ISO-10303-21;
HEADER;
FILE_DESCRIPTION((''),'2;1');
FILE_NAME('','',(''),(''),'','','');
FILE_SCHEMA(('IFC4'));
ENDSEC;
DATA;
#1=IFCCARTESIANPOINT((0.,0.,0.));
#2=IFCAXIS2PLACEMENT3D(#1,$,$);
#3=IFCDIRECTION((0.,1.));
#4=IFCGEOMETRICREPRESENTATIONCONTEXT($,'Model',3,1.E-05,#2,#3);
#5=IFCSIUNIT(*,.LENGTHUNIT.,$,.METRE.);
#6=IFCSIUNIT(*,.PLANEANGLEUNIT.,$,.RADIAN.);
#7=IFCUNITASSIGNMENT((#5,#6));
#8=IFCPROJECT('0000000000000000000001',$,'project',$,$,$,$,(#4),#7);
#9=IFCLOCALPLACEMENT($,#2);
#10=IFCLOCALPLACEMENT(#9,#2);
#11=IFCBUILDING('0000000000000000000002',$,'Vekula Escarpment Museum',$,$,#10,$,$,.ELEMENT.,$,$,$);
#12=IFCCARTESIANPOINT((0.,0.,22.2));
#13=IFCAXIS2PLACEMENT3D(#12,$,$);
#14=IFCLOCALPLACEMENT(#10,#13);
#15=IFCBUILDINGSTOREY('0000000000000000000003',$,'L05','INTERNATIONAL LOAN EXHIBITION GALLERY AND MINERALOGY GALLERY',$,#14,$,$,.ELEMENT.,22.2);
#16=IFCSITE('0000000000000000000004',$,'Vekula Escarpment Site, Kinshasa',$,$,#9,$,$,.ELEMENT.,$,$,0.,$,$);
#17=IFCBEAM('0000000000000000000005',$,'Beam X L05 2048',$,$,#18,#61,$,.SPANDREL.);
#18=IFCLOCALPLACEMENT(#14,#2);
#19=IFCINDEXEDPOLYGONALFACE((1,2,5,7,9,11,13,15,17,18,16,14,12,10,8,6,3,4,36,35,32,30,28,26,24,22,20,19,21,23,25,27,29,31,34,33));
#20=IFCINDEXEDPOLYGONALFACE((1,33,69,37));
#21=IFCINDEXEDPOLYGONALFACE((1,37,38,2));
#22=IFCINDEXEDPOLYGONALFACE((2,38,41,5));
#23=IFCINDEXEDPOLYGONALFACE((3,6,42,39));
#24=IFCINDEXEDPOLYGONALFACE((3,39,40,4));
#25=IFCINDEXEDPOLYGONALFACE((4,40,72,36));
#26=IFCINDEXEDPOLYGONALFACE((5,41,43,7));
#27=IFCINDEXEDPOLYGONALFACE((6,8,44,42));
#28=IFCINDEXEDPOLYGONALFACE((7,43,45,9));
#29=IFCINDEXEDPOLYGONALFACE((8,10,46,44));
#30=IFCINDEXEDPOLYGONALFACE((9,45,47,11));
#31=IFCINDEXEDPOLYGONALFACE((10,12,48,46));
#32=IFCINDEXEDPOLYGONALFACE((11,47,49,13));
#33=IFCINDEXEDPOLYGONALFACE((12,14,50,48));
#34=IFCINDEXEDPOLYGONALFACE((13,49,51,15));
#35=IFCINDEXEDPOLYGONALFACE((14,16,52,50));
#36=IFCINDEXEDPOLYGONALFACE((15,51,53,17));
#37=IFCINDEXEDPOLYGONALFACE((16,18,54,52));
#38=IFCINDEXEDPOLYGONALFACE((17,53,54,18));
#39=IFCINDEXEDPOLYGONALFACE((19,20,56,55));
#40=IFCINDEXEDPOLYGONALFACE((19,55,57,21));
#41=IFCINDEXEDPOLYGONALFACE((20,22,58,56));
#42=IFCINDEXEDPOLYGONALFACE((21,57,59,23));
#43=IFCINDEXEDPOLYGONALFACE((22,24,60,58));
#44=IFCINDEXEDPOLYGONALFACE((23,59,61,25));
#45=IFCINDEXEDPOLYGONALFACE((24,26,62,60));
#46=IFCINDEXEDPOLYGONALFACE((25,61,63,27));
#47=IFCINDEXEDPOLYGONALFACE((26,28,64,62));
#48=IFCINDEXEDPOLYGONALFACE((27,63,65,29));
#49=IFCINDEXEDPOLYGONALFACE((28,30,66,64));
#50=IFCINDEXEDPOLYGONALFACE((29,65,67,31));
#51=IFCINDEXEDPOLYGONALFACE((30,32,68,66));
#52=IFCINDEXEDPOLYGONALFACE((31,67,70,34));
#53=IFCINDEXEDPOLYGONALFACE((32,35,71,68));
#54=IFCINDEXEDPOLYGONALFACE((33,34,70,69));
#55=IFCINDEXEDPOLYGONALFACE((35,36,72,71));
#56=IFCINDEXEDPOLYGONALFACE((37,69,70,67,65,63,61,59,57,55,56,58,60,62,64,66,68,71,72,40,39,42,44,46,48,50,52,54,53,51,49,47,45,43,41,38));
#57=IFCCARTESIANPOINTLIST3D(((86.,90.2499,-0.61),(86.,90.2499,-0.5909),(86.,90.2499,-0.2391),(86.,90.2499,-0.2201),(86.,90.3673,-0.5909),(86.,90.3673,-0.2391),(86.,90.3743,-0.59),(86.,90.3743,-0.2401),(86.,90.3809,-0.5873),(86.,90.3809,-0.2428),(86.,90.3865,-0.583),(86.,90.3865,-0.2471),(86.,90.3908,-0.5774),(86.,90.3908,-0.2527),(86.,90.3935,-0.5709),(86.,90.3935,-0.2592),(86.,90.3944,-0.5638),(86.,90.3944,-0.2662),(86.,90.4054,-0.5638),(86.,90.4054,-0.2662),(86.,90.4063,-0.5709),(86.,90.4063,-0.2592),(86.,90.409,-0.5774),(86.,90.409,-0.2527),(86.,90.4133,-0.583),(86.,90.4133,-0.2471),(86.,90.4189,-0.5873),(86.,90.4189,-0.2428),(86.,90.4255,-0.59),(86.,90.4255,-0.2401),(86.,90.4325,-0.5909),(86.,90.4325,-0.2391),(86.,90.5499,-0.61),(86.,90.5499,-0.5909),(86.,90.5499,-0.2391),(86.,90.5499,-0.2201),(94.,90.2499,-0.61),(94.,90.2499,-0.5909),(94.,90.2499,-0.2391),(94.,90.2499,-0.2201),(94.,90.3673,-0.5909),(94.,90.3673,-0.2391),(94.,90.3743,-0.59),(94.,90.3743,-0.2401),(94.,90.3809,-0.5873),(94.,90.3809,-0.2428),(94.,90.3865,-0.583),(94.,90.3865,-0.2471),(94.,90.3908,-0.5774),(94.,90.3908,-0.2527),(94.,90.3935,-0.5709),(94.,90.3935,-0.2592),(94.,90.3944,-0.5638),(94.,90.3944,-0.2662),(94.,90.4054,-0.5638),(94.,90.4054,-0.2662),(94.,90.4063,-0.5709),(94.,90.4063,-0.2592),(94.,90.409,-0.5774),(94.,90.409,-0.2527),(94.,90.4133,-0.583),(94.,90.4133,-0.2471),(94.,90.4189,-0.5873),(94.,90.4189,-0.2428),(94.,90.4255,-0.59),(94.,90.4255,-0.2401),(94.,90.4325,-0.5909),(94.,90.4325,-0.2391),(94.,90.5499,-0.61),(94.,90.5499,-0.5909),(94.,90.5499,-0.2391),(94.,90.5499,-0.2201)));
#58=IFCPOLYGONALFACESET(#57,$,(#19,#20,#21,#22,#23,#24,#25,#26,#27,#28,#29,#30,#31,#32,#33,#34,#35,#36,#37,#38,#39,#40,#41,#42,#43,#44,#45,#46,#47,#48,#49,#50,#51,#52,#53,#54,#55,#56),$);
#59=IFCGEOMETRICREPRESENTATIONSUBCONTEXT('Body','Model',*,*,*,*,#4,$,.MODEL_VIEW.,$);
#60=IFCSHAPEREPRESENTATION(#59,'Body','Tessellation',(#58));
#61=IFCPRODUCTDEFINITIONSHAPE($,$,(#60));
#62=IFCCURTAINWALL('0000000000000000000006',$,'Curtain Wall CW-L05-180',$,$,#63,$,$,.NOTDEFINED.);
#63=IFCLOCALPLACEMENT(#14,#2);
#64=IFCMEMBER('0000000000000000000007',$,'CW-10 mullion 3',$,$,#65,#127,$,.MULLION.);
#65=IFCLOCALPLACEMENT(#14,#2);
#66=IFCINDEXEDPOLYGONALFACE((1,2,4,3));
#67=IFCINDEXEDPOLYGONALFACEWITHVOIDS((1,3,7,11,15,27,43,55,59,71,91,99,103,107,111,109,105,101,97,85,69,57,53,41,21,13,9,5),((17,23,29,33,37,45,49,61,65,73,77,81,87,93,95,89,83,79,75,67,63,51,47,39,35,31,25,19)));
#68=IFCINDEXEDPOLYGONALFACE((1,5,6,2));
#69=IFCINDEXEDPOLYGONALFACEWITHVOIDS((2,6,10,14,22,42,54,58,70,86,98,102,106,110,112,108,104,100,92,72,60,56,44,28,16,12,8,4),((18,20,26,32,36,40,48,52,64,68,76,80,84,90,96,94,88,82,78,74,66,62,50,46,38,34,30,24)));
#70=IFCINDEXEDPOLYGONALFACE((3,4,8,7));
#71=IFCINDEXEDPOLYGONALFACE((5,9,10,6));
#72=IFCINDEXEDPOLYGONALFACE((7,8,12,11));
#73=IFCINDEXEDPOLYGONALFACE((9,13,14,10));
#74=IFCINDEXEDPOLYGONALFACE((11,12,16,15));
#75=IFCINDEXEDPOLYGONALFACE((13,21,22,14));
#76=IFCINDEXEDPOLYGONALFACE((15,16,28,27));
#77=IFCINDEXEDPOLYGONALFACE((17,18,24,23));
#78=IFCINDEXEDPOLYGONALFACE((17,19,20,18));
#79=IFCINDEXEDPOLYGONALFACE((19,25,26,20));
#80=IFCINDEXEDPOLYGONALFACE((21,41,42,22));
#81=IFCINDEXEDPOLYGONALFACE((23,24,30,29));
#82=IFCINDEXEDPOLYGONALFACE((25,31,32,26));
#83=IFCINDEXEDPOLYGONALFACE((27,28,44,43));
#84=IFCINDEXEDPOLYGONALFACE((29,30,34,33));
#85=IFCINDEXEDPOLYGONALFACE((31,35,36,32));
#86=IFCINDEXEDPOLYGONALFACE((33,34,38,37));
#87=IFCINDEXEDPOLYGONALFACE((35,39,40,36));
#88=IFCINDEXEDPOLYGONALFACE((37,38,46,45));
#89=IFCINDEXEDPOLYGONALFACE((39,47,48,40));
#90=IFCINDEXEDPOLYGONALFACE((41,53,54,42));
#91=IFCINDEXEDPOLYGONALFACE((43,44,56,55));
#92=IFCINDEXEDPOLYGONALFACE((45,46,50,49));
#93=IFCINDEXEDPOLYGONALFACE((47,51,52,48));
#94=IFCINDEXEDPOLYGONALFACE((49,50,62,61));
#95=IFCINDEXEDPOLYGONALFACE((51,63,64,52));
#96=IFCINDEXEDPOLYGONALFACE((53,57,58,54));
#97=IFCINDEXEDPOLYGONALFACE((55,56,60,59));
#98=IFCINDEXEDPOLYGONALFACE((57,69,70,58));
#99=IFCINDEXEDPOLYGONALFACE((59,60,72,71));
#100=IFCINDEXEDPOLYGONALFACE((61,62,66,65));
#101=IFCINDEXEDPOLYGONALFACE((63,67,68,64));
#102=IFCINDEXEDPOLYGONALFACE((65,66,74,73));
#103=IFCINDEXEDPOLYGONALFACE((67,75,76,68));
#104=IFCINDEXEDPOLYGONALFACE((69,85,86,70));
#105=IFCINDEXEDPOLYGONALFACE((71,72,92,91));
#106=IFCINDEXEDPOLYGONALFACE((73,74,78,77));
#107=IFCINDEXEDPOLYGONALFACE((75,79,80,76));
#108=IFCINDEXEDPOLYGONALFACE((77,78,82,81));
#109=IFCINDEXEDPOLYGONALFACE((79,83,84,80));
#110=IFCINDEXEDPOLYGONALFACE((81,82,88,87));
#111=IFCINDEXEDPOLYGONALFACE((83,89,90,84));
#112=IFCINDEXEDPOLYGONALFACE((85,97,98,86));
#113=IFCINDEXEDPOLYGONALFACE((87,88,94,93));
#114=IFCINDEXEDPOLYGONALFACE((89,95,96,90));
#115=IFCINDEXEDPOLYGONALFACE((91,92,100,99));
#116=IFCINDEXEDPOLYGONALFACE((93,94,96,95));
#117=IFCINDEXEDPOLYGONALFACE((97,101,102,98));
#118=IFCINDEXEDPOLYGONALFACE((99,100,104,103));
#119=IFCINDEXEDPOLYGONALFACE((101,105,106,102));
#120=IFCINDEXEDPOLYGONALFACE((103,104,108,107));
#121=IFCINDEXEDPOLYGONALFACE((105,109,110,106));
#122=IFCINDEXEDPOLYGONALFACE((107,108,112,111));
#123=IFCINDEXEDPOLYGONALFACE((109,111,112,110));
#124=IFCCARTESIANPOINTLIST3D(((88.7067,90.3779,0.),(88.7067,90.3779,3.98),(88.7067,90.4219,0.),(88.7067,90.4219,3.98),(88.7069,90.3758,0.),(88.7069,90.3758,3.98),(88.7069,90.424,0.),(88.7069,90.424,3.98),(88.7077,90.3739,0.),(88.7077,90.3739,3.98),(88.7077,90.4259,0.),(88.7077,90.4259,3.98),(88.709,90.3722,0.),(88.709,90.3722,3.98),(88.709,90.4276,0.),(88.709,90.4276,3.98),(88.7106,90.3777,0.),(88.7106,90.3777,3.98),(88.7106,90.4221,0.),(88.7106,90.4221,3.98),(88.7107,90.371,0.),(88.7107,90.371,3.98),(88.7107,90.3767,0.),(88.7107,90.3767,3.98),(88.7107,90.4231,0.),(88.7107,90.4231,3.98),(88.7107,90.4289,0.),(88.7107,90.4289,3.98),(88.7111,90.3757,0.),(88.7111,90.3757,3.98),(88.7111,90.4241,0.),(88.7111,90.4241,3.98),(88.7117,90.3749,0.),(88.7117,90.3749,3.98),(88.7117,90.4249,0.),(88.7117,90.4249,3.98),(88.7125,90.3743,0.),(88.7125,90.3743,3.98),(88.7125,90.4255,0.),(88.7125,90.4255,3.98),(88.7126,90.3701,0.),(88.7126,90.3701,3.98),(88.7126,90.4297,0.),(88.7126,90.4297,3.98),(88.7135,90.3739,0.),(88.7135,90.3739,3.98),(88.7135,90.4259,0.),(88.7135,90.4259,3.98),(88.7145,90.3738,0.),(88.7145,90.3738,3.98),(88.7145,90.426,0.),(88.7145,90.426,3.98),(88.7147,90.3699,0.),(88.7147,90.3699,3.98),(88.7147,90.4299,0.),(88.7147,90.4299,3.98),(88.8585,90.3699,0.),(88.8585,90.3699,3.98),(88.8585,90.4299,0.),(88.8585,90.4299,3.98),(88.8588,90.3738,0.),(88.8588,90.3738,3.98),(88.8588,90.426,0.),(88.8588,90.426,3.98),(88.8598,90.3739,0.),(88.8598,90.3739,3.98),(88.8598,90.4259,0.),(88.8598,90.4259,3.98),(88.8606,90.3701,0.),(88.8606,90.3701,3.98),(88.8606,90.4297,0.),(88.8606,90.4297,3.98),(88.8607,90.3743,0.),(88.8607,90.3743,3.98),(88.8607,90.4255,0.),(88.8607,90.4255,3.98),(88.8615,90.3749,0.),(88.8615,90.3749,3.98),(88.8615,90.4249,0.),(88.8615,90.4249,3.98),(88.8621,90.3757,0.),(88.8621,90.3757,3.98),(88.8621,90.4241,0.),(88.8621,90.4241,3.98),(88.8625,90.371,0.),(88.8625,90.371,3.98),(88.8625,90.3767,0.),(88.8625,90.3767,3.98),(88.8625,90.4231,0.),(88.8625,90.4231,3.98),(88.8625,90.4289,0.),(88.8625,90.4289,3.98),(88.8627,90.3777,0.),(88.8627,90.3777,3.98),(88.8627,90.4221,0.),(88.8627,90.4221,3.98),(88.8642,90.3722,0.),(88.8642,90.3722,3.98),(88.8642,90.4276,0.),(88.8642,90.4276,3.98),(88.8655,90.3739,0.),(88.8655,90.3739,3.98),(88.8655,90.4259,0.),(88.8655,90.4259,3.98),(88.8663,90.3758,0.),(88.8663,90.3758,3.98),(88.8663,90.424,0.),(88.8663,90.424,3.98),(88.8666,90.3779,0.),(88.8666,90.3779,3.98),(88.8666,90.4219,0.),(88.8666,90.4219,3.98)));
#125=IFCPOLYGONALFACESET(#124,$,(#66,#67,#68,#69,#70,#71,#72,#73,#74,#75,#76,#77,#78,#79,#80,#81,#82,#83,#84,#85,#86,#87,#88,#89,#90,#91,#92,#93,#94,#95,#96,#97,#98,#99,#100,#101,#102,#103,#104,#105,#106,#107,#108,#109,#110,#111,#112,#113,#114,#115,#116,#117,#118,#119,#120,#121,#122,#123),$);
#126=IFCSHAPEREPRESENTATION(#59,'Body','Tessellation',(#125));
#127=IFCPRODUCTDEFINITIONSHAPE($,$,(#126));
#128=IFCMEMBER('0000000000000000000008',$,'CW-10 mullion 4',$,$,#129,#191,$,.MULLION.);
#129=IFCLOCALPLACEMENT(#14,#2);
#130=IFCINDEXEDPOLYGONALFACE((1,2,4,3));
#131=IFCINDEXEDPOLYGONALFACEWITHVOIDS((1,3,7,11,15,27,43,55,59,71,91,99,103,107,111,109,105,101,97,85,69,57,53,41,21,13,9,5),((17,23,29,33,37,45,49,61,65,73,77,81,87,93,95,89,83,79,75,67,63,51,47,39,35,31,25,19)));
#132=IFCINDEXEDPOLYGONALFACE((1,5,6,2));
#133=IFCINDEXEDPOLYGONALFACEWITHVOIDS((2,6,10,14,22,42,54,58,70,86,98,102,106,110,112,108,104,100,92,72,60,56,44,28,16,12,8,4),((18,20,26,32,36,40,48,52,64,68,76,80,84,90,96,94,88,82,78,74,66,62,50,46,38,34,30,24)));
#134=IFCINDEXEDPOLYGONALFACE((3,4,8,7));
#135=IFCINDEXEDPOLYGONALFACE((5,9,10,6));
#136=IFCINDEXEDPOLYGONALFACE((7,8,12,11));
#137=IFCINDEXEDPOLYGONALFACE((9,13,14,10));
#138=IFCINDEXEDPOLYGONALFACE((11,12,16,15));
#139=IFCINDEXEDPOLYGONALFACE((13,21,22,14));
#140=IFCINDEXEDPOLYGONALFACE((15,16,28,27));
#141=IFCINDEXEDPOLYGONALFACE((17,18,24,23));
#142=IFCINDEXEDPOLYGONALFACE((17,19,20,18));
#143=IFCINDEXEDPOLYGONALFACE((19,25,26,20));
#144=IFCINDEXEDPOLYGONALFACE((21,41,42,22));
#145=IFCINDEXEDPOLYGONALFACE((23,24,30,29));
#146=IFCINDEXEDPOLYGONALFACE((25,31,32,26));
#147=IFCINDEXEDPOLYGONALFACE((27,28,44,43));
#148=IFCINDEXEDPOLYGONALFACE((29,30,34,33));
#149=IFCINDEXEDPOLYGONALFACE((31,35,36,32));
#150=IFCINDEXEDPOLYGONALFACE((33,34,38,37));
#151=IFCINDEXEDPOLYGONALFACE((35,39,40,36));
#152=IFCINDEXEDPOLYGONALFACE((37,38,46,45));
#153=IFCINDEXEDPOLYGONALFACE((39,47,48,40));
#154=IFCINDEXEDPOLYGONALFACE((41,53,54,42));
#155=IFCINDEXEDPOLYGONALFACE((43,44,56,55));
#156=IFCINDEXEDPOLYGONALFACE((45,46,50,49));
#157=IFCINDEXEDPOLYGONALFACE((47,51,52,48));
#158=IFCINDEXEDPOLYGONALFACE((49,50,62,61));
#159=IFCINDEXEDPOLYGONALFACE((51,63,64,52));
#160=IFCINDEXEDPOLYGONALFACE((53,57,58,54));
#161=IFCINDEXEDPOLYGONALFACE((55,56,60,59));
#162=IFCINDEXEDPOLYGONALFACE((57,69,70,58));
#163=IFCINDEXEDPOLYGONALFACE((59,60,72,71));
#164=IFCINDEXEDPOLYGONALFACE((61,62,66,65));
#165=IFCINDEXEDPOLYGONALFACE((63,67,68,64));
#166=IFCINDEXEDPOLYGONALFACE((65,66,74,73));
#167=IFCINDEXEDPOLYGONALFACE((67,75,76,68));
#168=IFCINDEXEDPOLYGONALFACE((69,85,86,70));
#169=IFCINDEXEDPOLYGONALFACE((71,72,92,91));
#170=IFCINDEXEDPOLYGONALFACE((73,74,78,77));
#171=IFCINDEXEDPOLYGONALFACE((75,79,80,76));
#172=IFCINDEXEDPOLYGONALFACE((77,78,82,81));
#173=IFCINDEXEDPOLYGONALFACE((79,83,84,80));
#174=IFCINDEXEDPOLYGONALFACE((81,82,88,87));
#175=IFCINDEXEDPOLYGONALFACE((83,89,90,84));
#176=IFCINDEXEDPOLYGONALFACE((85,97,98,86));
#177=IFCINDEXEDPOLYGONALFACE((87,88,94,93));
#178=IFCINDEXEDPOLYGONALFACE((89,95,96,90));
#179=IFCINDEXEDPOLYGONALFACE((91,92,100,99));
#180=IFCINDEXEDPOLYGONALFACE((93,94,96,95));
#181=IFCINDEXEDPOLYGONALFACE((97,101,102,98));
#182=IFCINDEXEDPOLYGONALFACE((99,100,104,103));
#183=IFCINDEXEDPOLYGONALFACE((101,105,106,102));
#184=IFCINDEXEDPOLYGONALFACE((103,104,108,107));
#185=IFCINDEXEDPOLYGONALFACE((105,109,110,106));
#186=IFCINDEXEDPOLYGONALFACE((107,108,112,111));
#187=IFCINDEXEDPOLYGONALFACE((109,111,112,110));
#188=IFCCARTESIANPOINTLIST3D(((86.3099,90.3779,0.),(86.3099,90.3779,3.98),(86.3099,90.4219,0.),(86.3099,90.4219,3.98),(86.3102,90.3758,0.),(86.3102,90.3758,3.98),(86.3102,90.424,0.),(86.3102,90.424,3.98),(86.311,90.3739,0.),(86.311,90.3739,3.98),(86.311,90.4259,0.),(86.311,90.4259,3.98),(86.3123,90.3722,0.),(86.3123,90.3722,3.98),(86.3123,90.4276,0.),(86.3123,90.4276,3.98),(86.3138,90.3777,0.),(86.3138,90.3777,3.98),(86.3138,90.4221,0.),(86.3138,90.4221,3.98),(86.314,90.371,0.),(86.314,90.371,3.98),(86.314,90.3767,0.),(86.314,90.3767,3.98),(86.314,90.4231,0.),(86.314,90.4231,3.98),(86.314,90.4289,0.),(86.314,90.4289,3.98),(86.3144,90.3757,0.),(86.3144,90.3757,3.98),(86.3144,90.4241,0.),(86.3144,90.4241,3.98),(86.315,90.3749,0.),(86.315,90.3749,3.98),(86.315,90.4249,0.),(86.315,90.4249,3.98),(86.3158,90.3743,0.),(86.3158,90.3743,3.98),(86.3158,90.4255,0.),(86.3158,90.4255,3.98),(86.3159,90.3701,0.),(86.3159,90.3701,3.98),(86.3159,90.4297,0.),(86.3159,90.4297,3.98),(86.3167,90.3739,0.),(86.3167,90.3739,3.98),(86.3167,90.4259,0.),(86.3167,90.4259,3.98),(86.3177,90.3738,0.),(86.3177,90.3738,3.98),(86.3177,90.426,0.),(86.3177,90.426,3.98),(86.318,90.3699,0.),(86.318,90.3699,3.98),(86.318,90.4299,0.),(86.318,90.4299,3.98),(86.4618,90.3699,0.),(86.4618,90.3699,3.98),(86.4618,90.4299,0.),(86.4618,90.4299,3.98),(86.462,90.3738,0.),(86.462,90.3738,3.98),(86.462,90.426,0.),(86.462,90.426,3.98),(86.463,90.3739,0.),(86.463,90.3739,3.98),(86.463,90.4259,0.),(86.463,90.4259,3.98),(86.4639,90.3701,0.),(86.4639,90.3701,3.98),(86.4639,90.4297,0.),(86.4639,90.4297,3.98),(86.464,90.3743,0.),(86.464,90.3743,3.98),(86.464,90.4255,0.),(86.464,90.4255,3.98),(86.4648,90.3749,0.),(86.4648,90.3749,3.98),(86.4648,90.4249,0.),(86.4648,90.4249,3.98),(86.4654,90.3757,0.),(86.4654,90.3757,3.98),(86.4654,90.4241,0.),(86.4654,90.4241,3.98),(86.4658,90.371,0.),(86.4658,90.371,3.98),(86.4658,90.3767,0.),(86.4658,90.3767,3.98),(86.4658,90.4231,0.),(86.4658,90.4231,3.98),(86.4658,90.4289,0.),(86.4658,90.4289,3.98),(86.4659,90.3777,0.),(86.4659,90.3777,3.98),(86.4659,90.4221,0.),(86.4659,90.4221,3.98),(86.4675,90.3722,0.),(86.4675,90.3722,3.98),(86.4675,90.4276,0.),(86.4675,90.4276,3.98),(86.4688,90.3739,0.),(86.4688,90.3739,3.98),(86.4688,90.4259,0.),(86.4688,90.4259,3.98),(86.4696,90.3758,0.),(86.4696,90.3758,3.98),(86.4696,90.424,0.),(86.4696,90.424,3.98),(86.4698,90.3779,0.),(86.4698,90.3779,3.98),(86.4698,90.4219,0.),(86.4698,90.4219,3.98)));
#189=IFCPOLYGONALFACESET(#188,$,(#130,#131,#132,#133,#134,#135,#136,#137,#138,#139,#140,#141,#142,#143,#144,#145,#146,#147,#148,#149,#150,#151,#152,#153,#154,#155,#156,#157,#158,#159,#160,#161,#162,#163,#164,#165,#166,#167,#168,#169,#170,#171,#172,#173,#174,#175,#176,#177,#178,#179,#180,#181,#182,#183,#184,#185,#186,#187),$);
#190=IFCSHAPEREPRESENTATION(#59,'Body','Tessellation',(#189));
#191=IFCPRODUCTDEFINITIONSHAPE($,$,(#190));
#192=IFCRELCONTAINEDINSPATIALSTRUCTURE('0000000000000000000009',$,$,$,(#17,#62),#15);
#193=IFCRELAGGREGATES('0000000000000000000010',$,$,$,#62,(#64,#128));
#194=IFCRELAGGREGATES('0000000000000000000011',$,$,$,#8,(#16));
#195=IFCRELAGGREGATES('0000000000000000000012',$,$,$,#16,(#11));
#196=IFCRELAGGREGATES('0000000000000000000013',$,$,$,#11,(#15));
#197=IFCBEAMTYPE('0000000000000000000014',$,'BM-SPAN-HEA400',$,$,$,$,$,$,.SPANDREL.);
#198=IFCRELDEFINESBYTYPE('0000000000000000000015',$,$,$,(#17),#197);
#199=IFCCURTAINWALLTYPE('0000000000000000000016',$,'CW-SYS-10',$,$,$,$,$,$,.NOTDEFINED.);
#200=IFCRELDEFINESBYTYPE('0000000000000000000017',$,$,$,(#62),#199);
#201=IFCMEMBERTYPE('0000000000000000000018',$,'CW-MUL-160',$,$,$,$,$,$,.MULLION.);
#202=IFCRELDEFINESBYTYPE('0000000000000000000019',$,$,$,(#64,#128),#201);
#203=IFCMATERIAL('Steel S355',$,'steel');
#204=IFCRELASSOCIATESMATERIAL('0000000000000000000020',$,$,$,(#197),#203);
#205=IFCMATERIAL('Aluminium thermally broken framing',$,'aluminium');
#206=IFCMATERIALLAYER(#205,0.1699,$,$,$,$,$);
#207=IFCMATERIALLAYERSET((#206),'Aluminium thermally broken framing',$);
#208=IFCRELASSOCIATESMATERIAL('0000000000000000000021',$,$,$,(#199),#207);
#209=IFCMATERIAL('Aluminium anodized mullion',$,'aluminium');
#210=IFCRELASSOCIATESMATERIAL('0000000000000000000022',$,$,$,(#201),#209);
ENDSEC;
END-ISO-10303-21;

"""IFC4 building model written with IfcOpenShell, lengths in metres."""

from ifc_helpers import new_model, si_unit, direction, frame, origin, origin_2d, place, context, subcontext, project, spatial, hollow_rectangle, i_section, extrude, material, layer, layer_set, material_profile, profile_set, type_object, element, aggregate, save


model = new_model("IFC4")

# Units and contexts
model_context = context("Model", 3, precision=1e-05, world=origin(), true_north=direction((0.0, 1.0)))
body_context = subcontext(model_context, "Body", "Model", "MODEL_VIEW")
ifc_project = project(units=[si_unit("LENGTHUNIT", "METRE"), si_unit("PLANEANGLEUNIT", "RADIAN")], contexts=[model_context])

# Site, building, storey
site_placement = place(None, origin())
site = spatial("IfcSite", under=ifc_project, at=site_placement, Name="Vekula Escarpment Site, Kinshasa", CompositionType="ELEMENT", RefElevation=0.0)
building_placement = place(site_placement, origin())
building = spatial("IfcBuilding", under=site, at=building_placement, Name="Vekula Escarpment Museum", CompositionType="ELEMENT")
storey_placement = place(building_placement, frame((0.0, 0.0, 22.2)))
storey = spatial("IfcBuildingStorey", under=building, at=storey_placement, Name="L05", Description="INTERNATIONAL LOAN EXHIBITION GALLERY AND MINERALOGY GALLERY", CompositionType="ELEMENT", Elevation=22.2)

# Beam
ifc_material_1 = material(Name="Steel S355", Category="steel")
ifc_material_profile_1 = material_profile(ifc_material_1, i_section(OverallWidth=0.3, OverallDepth=0.3899, WebThickness=0.011, FlangeThickness=0.019, FilletRadius=0.0271, at=origin_2d()), Name="HEA 400")
ifc_profile_set_1 = profile_set([ifc_material_profile_1], Name="Steel S355")
beam_type_1 = type_object("IfcBeamType", Name="BM-SPAN-HEA400", PredefinedType="SPANDREL", material=ifc_profile_set_1)
beam_1_placement = place(storey_placement, frame((86.0, 90.3999, -0.415), z_axis=(1.0, 0.0, 0.0), x_axis=(0.0, 1.0, 0.0)))
element("IfcBeam", 1, at=beam_1_placement, inside=storey, type_object=beam_type_1, Name="Beam X L05 2048", PredefinedType="SPANDREL", context=body_context, shape_type="SweptSolid", body=[
    extrude(i_section(OverallWidth=0.3, OverallDepth=0.3899, WebThickness=0.011, FlangeThickness=0.019, FilletRadius=0.0271, at=origin_2d()), origin(), (0.0, 0.0, 1.0), 8.0),
])

# Curtain wall, members
ifc_material_2 = material(Name="Aluminium thermally broken framing", Category="aluminium")
ifc_layer_1 = layer(ifc_material_2, 0.1699)
ifc_layer_set_1 = layer_set([ifc_layer_1], Name="Aluminium thermally broken framing")
curtain_wall_type = type_object("IfcCurtainWallType", Name="CW-SYS-10", PredefinedType="NOTDEFINED", material=ifc_layer_set_1)
curtain_wall_placement = place(storey_placement, origin())
curtain_wall = element("IfcCurtainWall", 2, at=curtain_wall_placement, inside=storey, type_object=curtain_wall_type, Name="Curtain Wall CW-L05-180", PredefinedType="NOTDEFINED")
ifc_material_3 = material(Name="Aluminium anodized mullion", Category="aluminium")
ifc_material_profile_2 = material_profile(ifc_material_3, hollow_rectangle(XDim=0.0601, YDim=0.1599, WallThickness=0.0039, InnerFilletRadius=0.0039, OuterFilletRadius=0.0081, at=origin_2d()), Name="ALU 160x60x4")
ifc_profile_set_2 = profile_set([ifc_material_profile_2], Name="Aluminium anodized mullion")
member_type_1 = type_object("IfcMemberType", Name="CW-MUL-160", PredefinedType="MULLION", material=ifc_profile_set_2)
member_1_placement = place(storey_placement, frame((88.7866, 90.3999, 0.0), z_axis=(0.0, 0.0, 1.0), x_axis=(0.0, -1.0, 0.0)))
member_1 = element("IfcMember", 3, at=member_1_placement, type_object=member_type_1, Name="CW-10 mullion 3", PredefinedType="MULLION", context=body_context, shape_type="SweptSolid", body=[
    extrude(hollow_rectangle(XDim=0.0601, YDim=0.1599, WallThickness=0.0039, InnerFilletRadius=0.0039, OuterFilletRadius=0.0081, at=origin_2d()), origin(), (0.0, 0.0, 1.0), 3.98),
])
member_2_placement = place(storey_placement, frame((86.3899, 90.3999, 0.0), z_axis=(0.0, 0.0, 1.0), x_axis=(0.0, -1.0, 0.0)))
member_2 = element("IfcMember", 4, at=member_2_placement, type_object=member_type_1, Name="CW-10 mullion 4", PredefinedType="MULLION", context=body_context, shape_type="SweptSolid", body=[
    extrude(hollow_rectangle(XDim=0.0601, YDim=0.1599, WallThickness=0.0039, InnerFilletRadius=0.0039, OuterFilletRadius=0.0081, at=origin_2d()), origin(), (0.0, 0.0, 1.0), 3.98),
])
aggregate(curtain_wall, [member_1, member_2])

save(model, "model.ifc")
